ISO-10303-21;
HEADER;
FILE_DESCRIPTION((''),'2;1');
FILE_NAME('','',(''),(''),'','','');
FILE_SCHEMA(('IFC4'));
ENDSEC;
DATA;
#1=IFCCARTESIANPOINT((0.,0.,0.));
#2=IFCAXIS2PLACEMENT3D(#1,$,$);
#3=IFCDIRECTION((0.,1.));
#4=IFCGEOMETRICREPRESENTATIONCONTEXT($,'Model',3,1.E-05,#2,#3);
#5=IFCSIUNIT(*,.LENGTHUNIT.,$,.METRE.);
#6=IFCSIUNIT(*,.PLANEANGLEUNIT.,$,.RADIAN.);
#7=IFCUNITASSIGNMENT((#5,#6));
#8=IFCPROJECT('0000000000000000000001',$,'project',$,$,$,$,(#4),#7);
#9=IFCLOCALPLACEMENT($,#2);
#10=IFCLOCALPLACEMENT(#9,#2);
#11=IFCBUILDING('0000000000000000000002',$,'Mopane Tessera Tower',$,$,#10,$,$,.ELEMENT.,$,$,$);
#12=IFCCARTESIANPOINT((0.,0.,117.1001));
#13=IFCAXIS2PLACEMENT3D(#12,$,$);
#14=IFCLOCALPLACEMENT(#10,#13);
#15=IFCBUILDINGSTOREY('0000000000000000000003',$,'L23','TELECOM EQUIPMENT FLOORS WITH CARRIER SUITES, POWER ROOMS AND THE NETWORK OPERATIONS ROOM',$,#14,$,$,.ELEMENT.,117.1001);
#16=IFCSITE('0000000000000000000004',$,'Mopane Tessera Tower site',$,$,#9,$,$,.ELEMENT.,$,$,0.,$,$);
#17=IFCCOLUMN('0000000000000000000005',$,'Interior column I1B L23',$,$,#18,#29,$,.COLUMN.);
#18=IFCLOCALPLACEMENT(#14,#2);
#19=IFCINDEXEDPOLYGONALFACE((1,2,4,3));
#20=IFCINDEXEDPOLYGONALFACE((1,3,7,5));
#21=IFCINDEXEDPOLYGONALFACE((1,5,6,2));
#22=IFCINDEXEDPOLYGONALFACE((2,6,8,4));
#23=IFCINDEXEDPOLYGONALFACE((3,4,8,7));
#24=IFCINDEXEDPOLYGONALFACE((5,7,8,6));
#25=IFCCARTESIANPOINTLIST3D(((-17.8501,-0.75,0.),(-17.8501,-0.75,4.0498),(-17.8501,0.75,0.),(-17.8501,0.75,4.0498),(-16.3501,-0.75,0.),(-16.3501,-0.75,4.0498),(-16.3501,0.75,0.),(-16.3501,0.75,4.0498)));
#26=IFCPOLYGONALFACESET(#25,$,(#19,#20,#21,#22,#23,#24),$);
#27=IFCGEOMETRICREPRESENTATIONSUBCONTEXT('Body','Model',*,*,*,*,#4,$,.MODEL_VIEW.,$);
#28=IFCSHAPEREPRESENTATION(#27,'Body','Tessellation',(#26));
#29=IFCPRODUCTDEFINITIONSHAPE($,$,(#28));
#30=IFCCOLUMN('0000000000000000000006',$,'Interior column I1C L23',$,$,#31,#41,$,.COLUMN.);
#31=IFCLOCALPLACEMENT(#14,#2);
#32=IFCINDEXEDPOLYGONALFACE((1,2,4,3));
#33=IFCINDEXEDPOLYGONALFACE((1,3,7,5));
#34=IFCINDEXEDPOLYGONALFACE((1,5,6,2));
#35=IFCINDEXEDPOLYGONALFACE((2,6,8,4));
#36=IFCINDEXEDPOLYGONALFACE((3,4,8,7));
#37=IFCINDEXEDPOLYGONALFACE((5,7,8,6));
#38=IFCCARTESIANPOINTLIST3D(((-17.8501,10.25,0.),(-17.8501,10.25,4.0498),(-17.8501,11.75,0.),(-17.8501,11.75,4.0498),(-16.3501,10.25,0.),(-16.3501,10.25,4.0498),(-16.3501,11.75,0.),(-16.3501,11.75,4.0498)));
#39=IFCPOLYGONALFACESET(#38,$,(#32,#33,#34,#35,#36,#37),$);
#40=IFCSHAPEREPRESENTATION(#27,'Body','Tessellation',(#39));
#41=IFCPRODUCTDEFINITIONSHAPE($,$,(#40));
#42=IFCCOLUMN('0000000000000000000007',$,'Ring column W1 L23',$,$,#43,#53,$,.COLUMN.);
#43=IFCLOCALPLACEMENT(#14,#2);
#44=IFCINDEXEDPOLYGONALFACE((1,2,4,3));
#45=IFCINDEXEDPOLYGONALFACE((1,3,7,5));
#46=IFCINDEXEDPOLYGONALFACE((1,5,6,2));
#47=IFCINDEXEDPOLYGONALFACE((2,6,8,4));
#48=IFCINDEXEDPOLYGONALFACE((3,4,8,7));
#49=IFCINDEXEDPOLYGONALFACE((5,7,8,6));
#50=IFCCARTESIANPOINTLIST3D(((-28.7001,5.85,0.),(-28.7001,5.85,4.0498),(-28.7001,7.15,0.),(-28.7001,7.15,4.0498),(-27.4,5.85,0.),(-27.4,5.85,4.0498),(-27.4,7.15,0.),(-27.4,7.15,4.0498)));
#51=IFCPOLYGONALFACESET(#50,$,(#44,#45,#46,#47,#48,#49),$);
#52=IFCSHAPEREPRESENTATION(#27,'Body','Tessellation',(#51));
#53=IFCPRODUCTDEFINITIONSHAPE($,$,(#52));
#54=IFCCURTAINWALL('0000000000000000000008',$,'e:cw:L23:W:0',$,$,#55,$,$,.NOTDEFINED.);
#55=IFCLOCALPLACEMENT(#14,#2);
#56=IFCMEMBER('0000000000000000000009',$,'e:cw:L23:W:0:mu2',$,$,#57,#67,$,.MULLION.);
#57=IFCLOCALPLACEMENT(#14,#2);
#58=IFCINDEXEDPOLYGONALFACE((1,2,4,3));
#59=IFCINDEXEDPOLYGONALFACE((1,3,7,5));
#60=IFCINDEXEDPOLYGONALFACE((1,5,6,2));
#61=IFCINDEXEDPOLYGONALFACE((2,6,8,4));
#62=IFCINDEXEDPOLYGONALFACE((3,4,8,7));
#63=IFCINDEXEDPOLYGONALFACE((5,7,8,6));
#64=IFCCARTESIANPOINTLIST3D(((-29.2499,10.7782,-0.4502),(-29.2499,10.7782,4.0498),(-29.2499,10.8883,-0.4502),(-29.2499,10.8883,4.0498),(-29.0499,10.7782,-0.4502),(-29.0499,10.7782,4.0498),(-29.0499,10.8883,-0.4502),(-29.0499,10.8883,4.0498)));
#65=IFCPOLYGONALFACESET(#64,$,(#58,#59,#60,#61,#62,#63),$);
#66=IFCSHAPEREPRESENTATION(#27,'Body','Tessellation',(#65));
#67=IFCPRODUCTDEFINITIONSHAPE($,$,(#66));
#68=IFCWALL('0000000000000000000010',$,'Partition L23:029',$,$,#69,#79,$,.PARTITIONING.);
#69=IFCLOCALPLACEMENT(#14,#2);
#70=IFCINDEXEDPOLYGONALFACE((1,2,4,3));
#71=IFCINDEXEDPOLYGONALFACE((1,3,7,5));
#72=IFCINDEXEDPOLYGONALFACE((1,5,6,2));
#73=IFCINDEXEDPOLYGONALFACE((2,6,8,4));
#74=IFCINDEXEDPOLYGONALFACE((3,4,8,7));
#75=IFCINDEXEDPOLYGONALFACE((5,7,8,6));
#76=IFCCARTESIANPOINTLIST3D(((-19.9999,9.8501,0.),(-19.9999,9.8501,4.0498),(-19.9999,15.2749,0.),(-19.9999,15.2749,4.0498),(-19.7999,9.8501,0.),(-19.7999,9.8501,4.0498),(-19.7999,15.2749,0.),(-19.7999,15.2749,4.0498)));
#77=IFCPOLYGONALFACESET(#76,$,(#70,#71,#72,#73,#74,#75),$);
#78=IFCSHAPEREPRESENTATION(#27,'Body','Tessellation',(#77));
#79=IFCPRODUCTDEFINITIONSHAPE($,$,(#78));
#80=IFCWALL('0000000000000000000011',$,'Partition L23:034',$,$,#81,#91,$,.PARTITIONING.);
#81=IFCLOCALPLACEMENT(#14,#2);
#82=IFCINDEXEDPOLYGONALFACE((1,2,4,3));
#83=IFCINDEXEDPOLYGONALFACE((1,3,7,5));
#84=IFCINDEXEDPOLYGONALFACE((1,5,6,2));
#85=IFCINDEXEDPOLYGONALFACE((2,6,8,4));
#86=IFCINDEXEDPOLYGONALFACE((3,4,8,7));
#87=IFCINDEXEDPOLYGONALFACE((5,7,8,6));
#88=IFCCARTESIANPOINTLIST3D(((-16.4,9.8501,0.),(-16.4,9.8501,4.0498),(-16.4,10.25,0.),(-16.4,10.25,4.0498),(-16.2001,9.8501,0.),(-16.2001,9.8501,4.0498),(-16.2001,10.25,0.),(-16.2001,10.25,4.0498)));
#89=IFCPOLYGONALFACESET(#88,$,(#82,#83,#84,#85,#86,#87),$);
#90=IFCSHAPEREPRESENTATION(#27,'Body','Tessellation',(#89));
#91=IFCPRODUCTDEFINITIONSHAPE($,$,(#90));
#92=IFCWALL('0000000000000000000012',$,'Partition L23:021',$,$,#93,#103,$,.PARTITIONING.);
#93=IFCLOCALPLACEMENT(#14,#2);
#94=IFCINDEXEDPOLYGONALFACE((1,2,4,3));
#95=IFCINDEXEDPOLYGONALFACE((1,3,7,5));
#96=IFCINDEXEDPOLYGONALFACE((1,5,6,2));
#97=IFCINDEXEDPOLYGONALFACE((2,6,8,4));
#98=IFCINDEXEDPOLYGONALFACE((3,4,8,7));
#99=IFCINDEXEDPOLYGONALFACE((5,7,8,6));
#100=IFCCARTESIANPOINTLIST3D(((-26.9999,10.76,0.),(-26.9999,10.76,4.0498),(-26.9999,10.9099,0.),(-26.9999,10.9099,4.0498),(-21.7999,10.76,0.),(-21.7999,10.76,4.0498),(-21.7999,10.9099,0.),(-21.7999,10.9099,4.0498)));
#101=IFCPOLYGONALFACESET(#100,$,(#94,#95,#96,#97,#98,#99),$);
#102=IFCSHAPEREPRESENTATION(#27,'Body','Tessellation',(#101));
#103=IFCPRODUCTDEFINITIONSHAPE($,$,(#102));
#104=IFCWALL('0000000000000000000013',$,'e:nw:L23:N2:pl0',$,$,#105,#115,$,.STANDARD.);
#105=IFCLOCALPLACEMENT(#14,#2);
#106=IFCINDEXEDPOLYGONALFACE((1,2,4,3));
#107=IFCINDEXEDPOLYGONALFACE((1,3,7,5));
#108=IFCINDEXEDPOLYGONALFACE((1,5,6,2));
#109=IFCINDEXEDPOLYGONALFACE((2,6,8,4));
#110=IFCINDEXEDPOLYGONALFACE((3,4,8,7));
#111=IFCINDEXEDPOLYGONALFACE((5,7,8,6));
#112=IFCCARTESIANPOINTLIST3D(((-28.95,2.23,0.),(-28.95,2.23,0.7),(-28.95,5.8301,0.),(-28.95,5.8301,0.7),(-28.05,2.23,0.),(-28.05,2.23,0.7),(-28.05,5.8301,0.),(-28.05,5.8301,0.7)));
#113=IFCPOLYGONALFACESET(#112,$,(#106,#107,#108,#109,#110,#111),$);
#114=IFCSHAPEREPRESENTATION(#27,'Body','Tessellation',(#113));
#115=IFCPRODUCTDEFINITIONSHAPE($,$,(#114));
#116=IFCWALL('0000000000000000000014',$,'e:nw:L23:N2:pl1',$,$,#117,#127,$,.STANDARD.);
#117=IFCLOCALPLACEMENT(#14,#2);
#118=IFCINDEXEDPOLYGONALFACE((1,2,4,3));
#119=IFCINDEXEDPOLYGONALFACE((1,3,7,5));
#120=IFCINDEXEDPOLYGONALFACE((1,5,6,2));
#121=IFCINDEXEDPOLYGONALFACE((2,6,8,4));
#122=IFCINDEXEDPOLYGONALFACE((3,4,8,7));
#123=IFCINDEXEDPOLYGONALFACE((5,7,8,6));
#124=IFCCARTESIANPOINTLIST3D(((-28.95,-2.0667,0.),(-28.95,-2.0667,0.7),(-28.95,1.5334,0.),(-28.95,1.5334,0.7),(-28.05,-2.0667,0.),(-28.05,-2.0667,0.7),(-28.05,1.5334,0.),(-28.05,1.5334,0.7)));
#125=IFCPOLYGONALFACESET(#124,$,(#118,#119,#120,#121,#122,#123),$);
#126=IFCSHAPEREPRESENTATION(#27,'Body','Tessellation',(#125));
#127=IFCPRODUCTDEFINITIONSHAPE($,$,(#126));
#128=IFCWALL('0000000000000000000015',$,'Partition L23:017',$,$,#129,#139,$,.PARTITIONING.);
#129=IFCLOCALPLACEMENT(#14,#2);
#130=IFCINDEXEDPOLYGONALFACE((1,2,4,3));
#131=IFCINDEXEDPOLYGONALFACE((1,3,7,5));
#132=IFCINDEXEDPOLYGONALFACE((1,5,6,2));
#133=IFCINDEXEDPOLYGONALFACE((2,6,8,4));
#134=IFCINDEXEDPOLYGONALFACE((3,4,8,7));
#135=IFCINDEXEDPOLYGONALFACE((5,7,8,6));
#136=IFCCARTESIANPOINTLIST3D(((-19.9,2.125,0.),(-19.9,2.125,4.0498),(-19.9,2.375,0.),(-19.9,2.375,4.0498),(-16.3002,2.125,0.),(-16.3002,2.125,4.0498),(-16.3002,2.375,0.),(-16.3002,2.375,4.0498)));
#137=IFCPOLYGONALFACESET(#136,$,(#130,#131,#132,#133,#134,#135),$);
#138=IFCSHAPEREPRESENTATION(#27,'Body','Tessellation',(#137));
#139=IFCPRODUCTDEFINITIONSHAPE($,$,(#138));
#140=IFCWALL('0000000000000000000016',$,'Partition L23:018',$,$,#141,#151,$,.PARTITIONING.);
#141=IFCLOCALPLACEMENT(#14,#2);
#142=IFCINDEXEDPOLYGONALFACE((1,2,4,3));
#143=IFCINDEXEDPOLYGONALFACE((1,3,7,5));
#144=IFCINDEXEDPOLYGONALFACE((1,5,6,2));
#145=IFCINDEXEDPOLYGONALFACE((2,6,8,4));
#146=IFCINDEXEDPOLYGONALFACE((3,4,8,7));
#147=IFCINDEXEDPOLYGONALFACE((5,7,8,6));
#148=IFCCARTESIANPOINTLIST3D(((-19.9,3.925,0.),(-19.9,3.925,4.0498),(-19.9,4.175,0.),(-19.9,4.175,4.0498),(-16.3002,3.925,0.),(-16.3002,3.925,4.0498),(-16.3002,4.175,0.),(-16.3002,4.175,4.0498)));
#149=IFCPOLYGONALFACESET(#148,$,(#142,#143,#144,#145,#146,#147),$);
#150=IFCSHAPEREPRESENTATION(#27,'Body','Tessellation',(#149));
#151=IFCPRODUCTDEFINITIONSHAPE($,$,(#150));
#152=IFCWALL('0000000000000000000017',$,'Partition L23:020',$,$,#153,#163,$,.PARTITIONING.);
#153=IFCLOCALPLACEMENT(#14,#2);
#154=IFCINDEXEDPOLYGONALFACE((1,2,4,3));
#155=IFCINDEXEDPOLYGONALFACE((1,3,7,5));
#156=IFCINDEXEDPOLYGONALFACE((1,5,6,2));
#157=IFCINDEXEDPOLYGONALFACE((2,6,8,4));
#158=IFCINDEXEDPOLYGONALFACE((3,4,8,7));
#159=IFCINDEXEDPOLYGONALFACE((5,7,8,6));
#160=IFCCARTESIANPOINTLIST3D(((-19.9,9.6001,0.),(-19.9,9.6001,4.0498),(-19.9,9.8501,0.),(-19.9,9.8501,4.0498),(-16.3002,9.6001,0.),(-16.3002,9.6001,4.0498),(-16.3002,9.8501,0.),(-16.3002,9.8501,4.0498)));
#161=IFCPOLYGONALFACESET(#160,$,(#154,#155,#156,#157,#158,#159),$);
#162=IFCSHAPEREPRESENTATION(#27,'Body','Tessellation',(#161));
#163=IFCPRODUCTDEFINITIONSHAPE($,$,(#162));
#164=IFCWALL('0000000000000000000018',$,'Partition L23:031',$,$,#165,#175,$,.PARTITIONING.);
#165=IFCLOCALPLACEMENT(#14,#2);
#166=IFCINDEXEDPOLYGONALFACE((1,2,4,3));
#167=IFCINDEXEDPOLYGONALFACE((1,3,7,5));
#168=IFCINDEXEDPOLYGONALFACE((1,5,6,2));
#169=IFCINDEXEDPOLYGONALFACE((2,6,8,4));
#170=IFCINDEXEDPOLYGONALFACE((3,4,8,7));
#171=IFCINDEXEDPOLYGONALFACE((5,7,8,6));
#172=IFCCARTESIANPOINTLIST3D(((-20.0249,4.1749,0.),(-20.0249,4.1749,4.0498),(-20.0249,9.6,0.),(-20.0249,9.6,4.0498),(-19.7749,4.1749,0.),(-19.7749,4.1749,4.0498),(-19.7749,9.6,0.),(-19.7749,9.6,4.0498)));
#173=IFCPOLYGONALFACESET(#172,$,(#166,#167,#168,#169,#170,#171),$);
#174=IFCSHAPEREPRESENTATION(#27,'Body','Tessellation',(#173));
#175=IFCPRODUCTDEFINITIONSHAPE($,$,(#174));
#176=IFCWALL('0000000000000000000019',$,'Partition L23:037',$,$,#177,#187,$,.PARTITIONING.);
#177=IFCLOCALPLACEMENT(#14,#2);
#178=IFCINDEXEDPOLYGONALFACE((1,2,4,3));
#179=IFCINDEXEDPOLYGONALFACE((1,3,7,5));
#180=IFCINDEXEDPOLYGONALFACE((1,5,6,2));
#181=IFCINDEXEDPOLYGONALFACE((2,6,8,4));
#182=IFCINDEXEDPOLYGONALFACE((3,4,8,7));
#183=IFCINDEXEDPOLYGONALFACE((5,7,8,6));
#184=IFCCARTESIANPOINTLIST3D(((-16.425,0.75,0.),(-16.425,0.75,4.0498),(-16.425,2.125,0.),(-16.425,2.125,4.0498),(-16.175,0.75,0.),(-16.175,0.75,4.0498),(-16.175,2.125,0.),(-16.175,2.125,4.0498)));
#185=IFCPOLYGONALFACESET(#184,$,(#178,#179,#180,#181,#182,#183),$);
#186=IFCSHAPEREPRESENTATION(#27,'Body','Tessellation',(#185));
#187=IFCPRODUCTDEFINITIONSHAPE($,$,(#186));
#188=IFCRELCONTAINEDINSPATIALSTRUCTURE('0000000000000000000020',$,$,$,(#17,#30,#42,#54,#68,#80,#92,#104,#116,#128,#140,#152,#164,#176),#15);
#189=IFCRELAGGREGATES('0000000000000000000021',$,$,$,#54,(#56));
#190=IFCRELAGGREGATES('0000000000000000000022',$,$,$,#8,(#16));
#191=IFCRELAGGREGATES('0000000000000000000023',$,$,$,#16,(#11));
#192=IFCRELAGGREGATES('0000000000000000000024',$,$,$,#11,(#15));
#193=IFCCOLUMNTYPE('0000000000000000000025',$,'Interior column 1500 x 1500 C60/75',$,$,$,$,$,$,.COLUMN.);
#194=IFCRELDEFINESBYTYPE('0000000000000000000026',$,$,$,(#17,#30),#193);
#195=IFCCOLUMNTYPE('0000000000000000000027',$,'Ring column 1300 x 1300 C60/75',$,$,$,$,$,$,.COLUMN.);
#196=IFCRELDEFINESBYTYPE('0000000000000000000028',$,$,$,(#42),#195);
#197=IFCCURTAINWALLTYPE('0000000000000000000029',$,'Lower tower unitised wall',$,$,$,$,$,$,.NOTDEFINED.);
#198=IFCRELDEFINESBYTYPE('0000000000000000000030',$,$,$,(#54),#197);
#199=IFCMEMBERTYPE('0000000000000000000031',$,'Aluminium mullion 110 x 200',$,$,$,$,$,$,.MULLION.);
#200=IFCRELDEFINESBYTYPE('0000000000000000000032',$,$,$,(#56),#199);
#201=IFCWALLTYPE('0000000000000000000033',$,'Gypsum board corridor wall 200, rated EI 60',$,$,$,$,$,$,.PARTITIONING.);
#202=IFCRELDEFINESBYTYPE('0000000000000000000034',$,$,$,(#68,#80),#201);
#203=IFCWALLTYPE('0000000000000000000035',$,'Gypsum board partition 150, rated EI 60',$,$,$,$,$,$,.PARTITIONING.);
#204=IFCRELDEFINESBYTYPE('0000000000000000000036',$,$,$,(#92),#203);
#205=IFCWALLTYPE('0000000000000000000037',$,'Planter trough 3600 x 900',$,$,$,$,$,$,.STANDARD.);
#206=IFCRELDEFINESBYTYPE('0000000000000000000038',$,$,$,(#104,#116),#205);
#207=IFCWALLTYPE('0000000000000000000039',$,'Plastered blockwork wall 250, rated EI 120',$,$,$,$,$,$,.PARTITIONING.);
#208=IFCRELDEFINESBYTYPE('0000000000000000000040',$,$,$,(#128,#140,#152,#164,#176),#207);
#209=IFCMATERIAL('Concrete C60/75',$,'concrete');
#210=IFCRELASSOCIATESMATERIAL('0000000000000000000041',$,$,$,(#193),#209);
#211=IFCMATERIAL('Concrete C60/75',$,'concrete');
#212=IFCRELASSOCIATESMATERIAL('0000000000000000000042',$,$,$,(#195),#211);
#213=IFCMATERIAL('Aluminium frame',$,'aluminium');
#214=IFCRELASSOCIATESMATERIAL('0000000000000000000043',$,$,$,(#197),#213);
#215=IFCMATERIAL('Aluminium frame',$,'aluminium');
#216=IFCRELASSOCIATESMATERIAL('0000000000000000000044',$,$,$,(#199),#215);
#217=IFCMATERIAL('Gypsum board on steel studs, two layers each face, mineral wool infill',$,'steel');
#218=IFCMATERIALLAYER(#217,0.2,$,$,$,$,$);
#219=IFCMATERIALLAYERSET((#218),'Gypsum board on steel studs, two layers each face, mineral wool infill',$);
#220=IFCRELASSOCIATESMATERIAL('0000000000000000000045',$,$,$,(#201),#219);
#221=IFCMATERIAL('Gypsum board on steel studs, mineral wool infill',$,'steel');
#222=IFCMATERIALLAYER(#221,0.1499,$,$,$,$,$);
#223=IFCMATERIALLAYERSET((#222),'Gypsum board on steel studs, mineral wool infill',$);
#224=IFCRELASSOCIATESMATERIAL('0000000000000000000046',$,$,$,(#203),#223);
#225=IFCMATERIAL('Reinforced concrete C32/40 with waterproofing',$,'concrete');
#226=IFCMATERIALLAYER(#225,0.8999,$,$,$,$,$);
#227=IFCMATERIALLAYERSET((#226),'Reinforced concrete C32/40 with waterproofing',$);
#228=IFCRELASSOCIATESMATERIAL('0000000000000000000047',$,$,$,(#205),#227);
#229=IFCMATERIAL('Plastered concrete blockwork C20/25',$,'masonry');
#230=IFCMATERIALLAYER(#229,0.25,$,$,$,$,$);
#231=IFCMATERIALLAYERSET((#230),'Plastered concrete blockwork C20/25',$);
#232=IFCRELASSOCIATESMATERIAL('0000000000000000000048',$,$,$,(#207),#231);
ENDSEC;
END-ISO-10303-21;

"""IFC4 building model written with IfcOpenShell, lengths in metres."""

from ifc_helpers import new_model, si_unit, direction, frame, frame_2d, origin, origin_2d, place, context, subcontext, project, spatial, rectangle, extrude, material, layer, layer_set, material_profile, profile_set, type_object, element, aggregate, save


model = new_model("IFC4")

# Units and contexts
model_context = context("Model", 3, precision=1e-05, world=origin(), true_north=direction((0.0, 1.0)))
body_context = subcontext(model_context, "Body", "Model", "MODEL_VIEW")
ifc_project = project(units=[si_unit("LENGTHUNIT", "METRE"), si_unit("PLANEANGLEUNIT", "RADIAN")], contexts=[model_context])

# Site, building, storey
site_placement = place(None, origin())
site = spatial("IfcSite", under=ifc_project, at=site_placement, Name="Mopane Tessera Tower site", CompositionType="ELEMENT", RefElevation=0.0)
building_placement = place(site_placement, origin())
building = spatial("IfcBuilding", under=site, at=building_placement, Name="Mopane Tessera Tower", CompositionType="ELEMENT")
storey_placement = place(building_placement, frame((0.0, 0.0, 117.1001)))
storey = spatial("IfcBuildingStorey", under=building, at=storey_placement, Name="L23", Description="TELECOM EQUIPMENT FLOORS WITH CARRIER SUITES, POWER ROOMS AND THE NETWORK OPERATIONS ROOM", CompositionType="ELEMENT", Elevation=117.1001)

# Columns
ifc_material_1 = material(Name="Concrete C60/75", Category="concrete")
ifc_material_profile_1 = material_profile(ifc_material_1, rectangle(XDim=1.5, YDim=1.5, at=origin_2d()))
ifc_profile_set_1 = profile_set([ifc_material_profile_1], Name="Concrete C60/75")
column_type_1 = type_object("IfcColumnType", Name="Interior column 1500 x 1500 C60/75", PredefinedType="COLUMN", material=ifc_profile_set_1)
for number, where, z_axis, x_axis, name in (
    (1, (-17.1001, 0.0, 0.0), (0.0, 0.0, 1.0), (1.0, 0.0, 0.0), "Interior column I1B L23"),
    (2, (-17.1001, 11.0, 0.0), (0.0, 0.0, 1.0), (1.0, 0.0, 0.0), "Interior column I1C L23"),
):
    element("IfcColumn", number, at=place(storey_placement, frame(where, z_axis=z_axis, x_axis=x_axis)), inside=storey, type_object=column_type_1, Name=name, PredefinedType="COLUMN", context=body_context, shape_type="SweptSolid", body=[
        extrude(rectangle(XDim=1.5, YDim=1.5, at=origin_2d()), origin(), (0.0, 0.0, 1.0), 4.0498),
    ])
ifc_material_2 = material(Name="Concrete C60/75", Category="concrete")
ifc_material_profile_2 = material_profile(ifc_material_2, rectangle(XDim=1.3, YDim=1.3, at=origin_2d()))
ifc_profile_set_2 = profile_set([ifc_material_profile_2], Name="Concrete C60/75")
column_type_2 = type_object("IfcColumnType", Name="Ring column 1300 x 1300 C60/75", PredefinedType="COLUMN", material=ifc_profile_set_2)
column_placement = place(storey_placement, frame((-28.05, 6.5, 0.0), z_axis=(0.0, 0.0, 1.0), x_axis=(1.0, 0.0, 0.0)))
element("IfcColumn", 3, at=column_placement, inside=storey, type_object=column_type_2, Name="Ring column W1 L23", PredefinedType="COLUMN", context=body_context, shape_type="SweptSolid", body=[
    extrude(rectangle(XDim=1.3, YDim=1.3, at=origin_2d()), origin(), (0.0, 0.0, 1.0), 4.0498),
])

# Curtain wall, member
ifc_material_3 = material(Name="Aluminium frame", Category="aluminium")
curtain_wall_type = type_object("IfcCurtainWallType", Name="Lower tower unitised wall", PredefinedType="NOTDEFINED", material=ifc_material_3)
curtain_wall_placement = place(storey_placement, origin())
curtain_wall = element("IfcCurtainWall", 4, at=curtain_wall_placement, inside=storey, type_object=curtain_wall_type, Name="e:cw:L23:W:0", PredefinedType="NOTDEFINED")
ifc_material_4 = material(Name="Aluminium frame", Category="aluminium")
ifc_material_profile_3 = material_profile(ifc_material_4, rectangle(XDim=0.1101, YDim=0.2, at=origin_2d()))
ifc_profile_set_3 = profile_set([ifc_material_profile_3], Name="Aluminium frame")
member_type = type_object("IfcMemberType", Name="Aluminium mullion 110 x 200", PredefinedType="MULLION", material=ifc_profile_set_3)
member_placement = place(storey_placement, frame((-29.1499, 10.8333, -0.4502), z_axis=(0.0, 0.0, 1.0), x_axis=(0.0, -1.0, 0.0)))
member = element("IfcMember", 5, at=member_placement, type_object=member_type, Name="e:cw:L23:W:0:mu2", PredefinedType="MULLION", context=body_context, shape_type="SweptSolid", body=[
    extrude(rectangle(XDim=0.1101, YDim=0.2, at=origin_2d()), origin(), (0.0, 0.0, 1.0), 4.5),
])
aggregate(curtain_wall, [member])

# Walls
ifc_material_5 = material(Name="Gypsum board on steel studs, two layers each face, mineral wool infill", Category="steel")
ifc_layer_1 = layer(ifc_material_5, 0.2)
ifc_layer_set_1 = layer_set([ifc_layer_1], Name="Gypsum board on steel studs, two layers each face, mineral wool infill")
wall_type_1 = type_object("IfcWallType", Name="Gypsum board corridor wall 200, rated EI 60", PredefinedType="PARTITIONING", material=ifc_layer_set_1)
wall_1_placement = place(storey_placement, frame((-19.8999, 9.8501, 0.0), z_axis=(0.0, 0.0, 1.0), x_axis=(0.0, 1.0, 0.0)))
element("IfcWall", 6, at=wall_1_placement, inside=storey, type_object=wall_type_1, Name="Partition L23:029", PredefinedType="PARTITIONING", context=body_context, shape_type="SweptSolid", body=[
    extrude(rectangle(XDim=5.4248, YDim=0.2, at=frame_2d((2.7124, 0.0))), origin(), (0.0, 0.0, 1.0), 4.0498),
])
wall_2_placement = place(storey_placement, frame((-16.3, 9.8501, 0.0), z_axis=(0.0, 0.0, 1.0), x_axis=(0.0, 1.0, 0.0)))
element("IfcWall", 7, at=wall_2_placement, inside=storey, type_object=wall_type_1, Name="Partition L23:034", PredefinedType="PARTITIONING", context=body_context, shape_type="SweptSolid", body=[
    extrude(rectangle(XDim=0.3999, YDim=0.2, at=frame_2d((0.2, 0.0))), origin(), (0.0, 0.0, 1.0), 4.0498),
])
ifc_material_6 = material(Name="Gypsum board on steel studs, mineral wool infill", Category="steel")
ifc_layer_2 = layer(ifc_material_6, 0.1499)
ifc_layer_set_2 = layer_set([ifc_layer_2], Name="Gypsum board on steel studs, mineral wool infill")
wall_type_2 = type_object("IfcWallType", Name="Gypsum board partition 150, rated EI 60", PredefinedType="PARTITIONING", material=ifc_layer_set_2)
wall_3_placement = place(storey_placement, frame((-27.0, 10.835, 0.0), z_axis=(0.0, 0.0, 1.0), x_axis=(1.0, 0.0, 0.0)))
element("IfcWall", 8, at=wall_3_placement, inside=storey, type_object=wall_type_2, Name="Partition L23:021", PredefinedType="PARTITIONING", context=body_context, shape_type="SweptSolid", body=[
    extrude(rectangle(XDim=5.2, YDim=0.1499, at=frame_2d((2.6001, 0.0))), origin(), (0.0, 0.0, 1.0), 4.0498),
])
ifc_material_7 = material(Name="Reinforced concrete C32/40 with waterproofing", Category="concrete")
ifc_layer_3 = layer(ifc_material_7, 0.8999)
ifc_layer_set_3 = layer_set([ifc_layer_3], Name="Reinforced concrete C32/40 with waterproofing")
wall_type_3 = type_object("IfcWallType", Name="Planter trough 3600 x 900", PredefinedType="STANDARD", material=ifc_layer_set_3)
for number, where, z_axis, x_axis, name in (
    (9, (-28.5, 5.8301, 0.0), (0.0, 0.0, 1.0), (0.0, -1.0, 0.0), "e:nw:L23:N2:pl0"),
    (10, (-28.5, 1.5334, 0.0), (0.0, 0.0, 1.0), (0.0, -1.0, 0.0), "e:nw:L23:N2:pl1"),
):
    element("IfcWall", number, at=place(storey_placement, frame(where, z_axis=z_axis, x_axis=x_axis)), inside=storey, type_object=wall_type_3, Name=name, PredefinedType="STANDARD", context=body_context, shape_type="SweptSolid", body=[
        extrude(rectangle(XDim=3.6001, YDim=0.8999, at=frame_2d((1.8, 0.0))), origin(), (0.0, 0.0, 1.0), 0.7),
    ])
ifc_material_8 = material(Name="Plastered concrete blockwork C20/25", Category="masonry")
ifc_layer_4 = layer(ifc_material_8, 0.25)
ifc_layer_set_4 = layer_set([ifc_layer_4], Name="Plastered concrete blockwork C20/25")
wall_type_4 = type_object("IfcWallType", Name="Plastered blockwork wall 250, rated EI 120", PredefinedType="PARTITIONING", material=ifc_layer_set_4)
for number, where, z_axis, x_axis, name in (
    (11, (-19.8999, 2.25, 0.0), (0.0, 0.0, 1.0), (1.0, 0.0, 0.0), "Partition L23:017"),
    (12, (-19.8999, 4.05, 0.0), (0.0, 0.0, 1.0), (1.0, 0.0, 0.0), "Partition L23:018"),
    (13, (-19.8999, 9.7251, 0.0), (0.0, 0.0, 1.0), (1.0, 0.0, 0.0), "Partition L23:020"),
):
    element("IfcWall", number, at=place(storey_placement, frame(where, z_axis=z_axis, x_axis=x_axis)), inside=storey, type_object=wall_type_4, Name=name, PredefinedType="PARTITIONING", context=body_context, shape_type="SweptSolid", body=[
        extrude(rectangle(XDim=3.5999, YDim=0.25, at=frame_2d((1.7998, 0.0))), origin(), (0.0, 0.0, 1.0), 4.0498),
    ])
wall_4_placement = place(storey_placement, frame((-19.8999, 4.175, 0.0), z_axis=(0.0, 0.0, 1.0), x_axis=(0.0, 1.0, 0.0)))
element("IfcWall", 14, at=wall_4_placement, inside=storey, type_object=wall_type_4, Name="Partition L23:031", PredefinedType="PARTITIONING", context=body_context, shape_type="SweptSolid", body=[
    extrude(rectangle(XDim=5.425, YDim=0.25, at=frame_2d((2.7124, 0.0))), origin(), (0.0, 0.0, 1.0), 4.0498),
])
wall_5_placement = place(storey_placement, frame((-16.3, 0.75, 0.0), z_axis=(0.0, 0.0, 1.0), x_axis=(0.0, 1.0, 0.0)))
element("IfcWall", 15, at=wall_5_placement, inside=storey, type_object=wall_type_4, Name="Partition L23:037", PredefinedType="PARTITIONING", context=body_context, shape_type="SweptSolid", body=[
    extrude(rectangle(XDim=1.375, YDim=0.25, at=frame_2d((0.6875, 0.0))), origin(), (0.0, 0.0, 1.0), 4.0498),
])

save(model, "model.ifc")
